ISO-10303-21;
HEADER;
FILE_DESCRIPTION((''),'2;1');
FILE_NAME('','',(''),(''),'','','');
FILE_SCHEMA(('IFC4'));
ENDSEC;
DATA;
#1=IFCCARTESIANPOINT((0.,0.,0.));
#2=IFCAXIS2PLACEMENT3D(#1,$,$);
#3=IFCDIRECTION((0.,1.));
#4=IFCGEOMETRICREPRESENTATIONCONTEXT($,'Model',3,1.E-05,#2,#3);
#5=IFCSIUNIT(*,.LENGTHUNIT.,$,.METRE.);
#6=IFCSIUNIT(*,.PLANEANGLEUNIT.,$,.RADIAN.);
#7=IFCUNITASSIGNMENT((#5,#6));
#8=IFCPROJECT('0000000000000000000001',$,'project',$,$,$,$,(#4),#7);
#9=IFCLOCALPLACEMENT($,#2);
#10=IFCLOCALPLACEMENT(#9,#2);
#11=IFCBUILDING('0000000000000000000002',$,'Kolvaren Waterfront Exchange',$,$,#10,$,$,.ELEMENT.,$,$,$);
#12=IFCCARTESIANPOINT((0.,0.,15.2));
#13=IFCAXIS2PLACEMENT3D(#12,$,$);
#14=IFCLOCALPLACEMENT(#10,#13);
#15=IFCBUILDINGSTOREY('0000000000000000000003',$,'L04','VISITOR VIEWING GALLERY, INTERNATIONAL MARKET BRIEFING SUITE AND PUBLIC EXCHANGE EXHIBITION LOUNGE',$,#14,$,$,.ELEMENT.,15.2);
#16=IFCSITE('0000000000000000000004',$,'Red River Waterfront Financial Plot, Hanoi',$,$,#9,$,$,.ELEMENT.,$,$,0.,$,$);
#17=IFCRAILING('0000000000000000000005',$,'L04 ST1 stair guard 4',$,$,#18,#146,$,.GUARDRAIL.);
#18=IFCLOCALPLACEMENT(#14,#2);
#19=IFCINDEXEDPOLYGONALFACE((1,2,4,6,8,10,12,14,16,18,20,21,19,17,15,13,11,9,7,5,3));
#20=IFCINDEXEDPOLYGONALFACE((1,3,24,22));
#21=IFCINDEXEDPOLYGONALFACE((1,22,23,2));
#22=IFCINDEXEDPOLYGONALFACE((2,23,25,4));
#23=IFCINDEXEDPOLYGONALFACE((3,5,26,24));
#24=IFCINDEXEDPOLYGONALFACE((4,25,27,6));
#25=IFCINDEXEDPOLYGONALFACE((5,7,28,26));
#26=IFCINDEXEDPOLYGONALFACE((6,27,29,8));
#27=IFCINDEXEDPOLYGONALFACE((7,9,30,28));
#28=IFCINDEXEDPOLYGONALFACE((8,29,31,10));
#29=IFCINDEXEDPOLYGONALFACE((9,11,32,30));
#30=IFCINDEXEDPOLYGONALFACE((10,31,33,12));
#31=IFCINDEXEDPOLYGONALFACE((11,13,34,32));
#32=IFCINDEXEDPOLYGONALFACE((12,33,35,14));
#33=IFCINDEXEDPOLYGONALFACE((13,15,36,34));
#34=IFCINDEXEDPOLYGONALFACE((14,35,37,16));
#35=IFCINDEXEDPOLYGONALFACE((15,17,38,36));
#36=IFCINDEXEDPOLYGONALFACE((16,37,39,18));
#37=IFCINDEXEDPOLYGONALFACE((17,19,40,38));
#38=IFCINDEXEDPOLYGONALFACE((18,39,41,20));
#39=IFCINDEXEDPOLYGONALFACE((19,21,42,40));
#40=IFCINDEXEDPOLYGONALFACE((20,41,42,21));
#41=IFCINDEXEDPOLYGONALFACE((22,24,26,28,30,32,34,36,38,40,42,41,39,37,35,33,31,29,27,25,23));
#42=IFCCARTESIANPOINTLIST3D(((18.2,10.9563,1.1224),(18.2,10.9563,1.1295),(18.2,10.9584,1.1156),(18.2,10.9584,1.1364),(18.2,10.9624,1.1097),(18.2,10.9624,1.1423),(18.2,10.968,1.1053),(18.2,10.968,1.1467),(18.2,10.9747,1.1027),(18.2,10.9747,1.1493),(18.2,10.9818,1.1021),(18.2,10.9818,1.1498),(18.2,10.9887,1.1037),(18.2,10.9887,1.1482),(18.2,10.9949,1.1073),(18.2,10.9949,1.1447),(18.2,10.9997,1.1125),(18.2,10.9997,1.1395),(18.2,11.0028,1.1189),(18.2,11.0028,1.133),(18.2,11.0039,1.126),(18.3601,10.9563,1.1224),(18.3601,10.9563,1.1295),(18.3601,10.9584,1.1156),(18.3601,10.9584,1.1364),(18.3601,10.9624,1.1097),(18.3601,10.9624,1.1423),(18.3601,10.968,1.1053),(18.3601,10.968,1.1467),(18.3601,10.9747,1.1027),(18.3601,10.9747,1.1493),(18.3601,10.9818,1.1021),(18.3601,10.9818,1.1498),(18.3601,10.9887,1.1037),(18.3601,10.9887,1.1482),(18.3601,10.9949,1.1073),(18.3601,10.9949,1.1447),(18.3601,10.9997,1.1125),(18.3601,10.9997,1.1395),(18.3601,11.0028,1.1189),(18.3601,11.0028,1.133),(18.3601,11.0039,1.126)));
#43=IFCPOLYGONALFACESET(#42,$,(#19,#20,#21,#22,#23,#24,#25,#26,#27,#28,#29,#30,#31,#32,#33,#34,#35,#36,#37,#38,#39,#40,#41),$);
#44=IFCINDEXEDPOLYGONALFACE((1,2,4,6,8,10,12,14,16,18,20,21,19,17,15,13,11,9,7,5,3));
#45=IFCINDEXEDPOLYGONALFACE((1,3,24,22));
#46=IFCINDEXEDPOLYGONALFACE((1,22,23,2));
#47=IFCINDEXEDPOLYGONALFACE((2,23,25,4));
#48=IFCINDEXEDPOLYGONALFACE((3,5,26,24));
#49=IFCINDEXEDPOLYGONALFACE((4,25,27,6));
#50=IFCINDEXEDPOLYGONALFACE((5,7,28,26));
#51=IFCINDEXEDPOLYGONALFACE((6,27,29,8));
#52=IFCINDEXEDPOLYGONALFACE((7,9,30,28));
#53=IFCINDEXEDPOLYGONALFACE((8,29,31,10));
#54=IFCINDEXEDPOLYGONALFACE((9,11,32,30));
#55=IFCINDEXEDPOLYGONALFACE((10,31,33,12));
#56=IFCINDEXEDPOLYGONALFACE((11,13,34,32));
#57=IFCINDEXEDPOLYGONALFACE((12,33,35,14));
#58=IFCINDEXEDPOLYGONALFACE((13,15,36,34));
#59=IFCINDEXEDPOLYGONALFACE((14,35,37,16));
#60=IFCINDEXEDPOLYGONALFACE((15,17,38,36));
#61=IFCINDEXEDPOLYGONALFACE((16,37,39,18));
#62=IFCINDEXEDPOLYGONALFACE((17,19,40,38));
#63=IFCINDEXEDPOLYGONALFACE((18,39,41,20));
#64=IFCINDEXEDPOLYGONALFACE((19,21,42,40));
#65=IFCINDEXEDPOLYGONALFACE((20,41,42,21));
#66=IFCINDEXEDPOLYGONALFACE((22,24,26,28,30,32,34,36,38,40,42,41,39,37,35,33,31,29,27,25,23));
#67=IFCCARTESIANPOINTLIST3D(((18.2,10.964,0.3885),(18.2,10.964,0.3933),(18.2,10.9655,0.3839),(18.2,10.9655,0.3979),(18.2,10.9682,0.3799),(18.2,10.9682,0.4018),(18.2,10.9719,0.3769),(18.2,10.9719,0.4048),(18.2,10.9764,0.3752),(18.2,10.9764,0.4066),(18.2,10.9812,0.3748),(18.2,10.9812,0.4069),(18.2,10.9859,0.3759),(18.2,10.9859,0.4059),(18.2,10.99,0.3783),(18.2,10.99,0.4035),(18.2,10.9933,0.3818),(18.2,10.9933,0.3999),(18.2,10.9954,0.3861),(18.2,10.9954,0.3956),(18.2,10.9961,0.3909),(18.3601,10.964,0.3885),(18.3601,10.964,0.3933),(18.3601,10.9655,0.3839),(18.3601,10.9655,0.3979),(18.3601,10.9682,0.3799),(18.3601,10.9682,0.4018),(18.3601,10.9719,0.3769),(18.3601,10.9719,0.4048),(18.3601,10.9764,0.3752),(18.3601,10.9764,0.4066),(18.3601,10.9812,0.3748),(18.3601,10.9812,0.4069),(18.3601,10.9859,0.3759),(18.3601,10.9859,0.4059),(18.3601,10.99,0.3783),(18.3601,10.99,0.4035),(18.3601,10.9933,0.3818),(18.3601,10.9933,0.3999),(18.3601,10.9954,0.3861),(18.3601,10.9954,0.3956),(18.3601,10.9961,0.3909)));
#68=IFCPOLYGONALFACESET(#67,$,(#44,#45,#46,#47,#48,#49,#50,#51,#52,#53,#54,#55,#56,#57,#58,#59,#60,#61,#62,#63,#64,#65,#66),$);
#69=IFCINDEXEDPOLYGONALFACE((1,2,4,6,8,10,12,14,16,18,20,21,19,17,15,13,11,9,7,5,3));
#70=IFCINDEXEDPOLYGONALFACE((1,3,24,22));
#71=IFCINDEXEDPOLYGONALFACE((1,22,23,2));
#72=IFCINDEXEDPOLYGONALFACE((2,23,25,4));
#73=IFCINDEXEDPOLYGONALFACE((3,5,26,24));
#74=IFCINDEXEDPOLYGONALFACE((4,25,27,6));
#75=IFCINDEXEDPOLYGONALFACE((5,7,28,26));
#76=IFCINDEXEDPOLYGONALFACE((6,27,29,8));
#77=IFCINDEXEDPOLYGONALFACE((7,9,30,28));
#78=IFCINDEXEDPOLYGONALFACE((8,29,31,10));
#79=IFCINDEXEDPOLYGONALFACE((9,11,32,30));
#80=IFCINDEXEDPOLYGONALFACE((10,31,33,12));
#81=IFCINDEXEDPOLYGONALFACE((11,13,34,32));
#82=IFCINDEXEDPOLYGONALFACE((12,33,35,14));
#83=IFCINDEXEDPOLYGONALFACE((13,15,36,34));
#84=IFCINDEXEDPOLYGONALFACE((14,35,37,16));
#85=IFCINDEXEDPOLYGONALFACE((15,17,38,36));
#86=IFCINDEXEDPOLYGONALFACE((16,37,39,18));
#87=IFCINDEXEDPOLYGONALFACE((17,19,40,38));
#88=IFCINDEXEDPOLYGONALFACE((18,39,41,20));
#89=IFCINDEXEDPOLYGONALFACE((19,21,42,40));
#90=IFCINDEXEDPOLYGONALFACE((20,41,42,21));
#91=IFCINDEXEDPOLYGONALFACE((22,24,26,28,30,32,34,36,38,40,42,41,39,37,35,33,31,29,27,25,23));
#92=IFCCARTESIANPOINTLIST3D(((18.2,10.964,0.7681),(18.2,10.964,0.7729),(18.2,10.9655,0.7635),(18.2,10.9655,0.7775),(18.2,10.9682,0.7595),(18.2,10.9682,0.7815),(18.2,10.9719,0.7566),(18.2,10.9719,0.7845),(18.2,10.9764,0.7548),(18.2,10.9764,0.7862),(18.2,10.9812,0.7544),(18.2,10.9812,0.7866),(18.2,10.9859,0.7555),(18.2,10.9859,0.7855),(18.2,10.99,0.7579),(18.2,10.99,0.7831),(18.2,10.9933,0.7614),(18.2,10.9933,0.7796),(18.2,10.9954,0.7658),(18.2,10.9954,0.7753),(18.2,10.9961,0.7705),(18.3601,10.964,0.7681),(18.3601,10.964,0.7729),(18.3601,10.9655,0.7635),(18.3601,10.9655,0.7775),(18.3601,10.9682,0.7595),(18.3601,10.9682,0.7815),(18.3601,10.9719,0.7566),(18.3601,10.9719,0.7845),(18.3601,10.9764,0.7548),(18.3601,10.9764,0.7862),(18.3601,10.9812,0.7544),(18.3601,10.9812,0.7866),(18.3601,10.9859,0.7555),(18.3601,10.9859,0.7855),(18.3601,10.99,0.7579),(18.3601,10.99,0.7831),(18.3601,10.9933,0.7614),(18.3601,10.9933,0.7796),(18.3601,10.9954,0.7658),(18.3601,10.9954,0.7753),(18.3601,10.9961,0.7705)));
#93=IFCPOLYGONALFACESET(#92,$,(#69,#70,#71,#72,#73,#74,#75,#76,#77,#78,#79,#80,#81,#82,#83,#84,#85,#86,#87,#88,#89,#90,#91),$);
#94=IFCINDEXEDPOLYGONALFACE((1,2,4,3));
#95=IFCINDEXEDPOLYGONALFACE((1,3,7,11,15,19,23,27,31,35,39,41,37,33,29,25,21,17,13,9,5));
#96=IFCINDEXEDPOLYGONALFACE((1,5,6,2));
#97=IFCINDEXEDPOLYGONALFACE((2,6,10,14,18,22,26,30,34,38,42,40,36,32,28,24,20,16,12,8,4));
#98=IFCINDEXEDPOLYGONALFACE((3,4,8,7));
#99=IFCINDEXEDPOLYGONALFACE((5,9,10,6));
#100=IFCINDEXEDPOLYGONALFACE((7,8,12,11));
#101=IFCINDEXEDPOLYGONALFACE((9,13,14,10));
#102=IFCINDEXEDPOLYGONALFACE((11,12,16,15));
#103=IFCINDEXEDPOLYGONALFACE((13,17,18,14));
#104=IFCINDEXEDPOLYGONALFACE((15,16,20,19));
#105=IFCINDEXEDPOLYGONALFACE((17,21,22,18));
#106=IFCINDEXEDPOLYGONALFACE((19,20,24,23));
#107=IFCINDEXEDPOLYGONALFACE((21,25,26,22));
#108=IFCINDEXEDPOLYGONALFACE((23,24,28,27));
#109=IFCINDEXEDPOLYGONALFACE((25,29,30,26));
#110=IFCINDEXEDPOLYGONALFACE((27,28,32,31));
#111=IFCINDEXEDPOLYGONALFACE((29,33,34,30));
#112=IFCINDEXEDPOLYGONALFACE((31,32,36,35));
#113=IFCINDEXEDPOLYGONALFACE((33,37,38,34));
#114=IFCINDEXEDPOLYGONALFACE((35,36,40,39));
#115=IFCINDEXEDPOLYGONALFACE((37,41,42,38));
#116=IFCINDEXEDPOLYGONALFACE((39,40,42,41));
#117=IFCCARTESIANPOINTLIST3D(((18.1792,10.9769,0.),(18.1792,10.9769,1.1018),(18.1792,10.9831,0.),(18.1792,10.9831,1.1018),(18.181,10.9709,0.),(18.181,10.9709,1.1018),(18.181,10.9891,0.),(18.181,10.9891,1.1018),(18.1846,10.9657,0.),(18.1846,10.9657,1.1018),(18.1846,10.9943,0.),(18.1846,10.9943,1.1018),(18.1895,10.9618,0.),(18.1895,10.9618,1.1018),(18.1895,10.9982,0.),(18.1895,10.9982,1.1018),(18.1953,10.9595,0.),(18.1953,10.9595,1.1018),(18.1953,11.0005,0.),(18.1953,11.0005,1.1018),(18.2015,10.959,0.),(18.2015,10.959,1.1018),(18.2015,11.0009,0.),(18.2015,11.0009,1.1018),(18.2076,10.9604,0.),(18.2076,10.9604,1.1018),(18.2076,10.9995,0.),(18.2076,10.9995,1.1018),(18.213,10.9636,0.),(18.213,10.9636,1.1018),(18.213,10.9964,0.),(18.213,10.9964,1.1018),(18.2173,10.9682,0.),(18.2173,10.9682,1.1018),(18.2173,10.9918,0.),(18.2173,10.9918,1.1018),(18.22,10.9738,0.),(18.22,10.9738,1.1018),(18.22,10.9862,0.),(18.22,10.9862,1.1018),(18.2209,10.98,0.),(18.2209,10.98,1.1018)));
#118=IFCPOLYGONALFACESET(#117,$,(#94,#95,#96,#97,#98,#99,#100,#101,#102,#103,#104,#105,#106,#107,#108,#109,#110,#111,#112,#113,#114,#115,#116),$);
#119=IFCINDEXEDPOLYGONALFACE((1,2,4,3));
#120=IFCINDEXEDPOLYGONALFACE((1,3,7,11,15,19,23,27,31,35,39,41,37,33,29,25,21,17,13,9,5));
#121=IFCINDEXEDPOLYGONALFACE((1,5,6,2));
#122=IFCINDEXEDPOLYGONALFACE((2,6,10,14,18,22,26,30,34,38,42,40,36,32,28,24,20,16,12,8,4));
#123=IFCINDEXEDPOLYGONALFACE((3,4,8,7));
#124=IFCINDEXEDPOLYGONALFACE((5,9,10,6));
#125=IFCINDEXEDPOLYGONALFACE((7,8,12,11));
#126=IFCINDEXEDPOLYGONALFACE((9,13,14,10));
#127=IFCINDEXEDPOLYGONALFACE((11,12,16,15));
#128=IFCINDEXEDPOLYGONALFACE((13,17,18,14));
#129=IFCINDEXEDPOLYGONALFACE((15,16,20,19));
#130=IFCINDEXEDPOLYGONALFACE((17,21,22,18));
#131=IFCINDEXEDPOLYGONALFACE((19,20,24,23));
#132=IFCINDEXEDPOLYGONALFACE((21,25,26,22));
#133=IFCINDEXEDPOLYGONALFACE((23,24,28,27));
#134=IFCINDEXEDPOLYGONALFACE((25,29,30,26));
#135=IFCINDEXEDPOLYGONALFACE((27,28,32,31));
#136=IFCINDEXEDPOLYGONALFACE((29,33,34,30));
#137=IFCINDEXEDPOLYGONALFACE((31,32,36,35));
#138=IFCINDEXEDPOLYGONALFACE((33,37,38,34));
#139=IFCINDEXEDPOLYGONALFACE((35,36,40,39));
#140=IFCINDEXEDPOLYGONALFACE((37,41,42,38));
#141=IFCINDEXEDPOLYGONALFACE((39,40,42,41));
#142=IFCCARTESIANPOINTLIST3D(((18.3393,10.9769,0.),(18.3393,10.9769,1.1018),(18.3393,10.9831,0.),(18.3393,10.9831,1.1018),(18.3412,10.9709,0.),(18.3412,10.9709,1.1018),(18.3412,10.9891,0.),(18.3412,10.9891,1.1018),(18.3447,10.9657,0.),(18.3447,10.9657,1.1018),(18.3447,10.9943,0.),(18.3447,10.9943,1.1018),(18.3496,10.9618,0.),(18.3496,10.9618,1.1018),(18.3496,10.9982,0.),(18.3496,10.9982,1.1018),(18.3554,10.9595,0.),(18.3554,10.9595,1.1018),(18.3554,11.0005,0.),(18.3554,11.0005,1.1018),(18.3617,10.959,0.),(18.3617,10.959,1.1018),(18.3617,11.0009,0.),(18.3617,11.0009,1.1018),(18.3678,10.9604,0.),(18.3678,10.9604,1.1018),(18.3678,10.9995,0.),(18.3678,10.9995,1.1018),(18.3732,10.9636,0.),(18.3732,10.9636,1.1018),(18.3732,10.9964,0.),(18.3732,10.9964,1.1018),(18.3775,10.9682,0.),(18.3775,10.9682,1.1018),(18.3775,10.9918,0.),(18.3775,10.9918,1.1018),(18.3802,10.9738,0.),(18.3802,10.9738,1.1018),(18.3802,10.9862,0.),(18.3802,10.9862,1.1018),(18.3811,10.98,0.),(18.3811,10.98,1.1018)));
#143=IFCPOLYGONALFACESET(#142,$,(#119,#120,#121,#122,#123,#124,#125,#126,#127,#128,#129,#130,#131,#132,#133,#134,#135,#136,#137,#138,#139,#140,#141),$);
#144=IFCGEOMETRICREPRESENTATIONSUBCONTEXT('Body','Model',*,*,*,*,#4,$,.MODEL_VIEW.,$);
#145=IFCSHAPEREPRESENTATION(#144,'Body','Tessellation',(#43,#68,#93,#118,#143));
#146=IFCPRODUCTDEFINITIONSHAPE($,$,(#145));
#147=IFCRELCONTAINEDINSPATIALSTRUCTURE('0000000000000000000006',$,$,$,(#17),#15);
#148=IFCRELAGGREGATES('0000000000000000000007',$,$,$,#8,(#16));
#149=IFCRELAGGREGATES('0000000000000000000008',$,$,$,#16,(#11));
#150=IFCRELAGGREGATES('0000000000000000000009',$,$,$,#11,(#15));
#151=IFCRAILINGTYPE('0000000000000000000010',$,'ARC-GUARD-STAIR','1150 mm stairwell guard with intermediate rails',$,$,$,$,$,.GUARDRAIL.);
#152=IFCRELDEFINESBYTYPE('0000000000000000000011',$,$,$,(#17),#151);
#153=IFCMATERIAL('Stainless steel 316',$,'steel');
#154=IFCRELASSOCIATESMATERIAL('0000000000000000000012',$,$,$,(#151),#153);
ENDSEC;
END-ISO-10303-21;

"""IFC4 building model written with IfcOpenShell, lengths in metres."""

from ifc_helpers import new_model, si_unit, direction, frame, origin, origin_2d, place, context, subcontext, project, spatial, circle, extrude, material, type_object, element, save


model = new_model("IFC4")

# Units and contexts
model_context = context("Model", 3, precision=1e-05, world=origin(), true_north=direction((0.0, 1.0)))
body_context = subcontext(model_context, "Body", "Model", "MODEL_VIEW")
ifc_project = project(units=[si_unit("LENGTHUNIT", "METRE"), si_unit("PLANEANGLEUNIT", "RADIAN")], contexts=[model_context])

# Site, building, storey
site_placement = place(None, origin())
site = spatial("IfcSite", under=ifc_project, at=site_placement, Name="Red River Waterfront Financial Plot, Hanoi", CompositionType="ELEMENT", RefElevation=0.0)
building_placement = place(site_placement, origin())
building = spatial("IfcBuilding", under=site, at=building_placement, Name="Kolvaren Waterfront Exchange", CompositionType="ELEMENT")
storey_placement = place(building_placement, frame((0.0, 0.0, 15.2)))
storey = spatial("IfcBuildingStorey", under=building, at=storey_placement, Name="L04", Description="VISITOR VIEWING GALLERY, INTERNATIONAL MARKET BRIEFING SUITE AND PUBLIC EXCHANGE EXHIBITION LOUNGE", CompositionType="ELEMENT", Elevation=15.2)

# Railing
ifc_material_1 = material(Name="Stainless steel 316", Category="steel")
railing_type_1 = type_object("IfcRailingType", Name="ARC-GUARD-STAIR", Description="1150 mm stairwell guard with intermediate rails", PredefinedType="GUARDRAIL", material=ifc_material_1)
railing_1_placement = place(storey_placement, frame((18.2, 10.98, 0.0)))
element("IfcRailing", 1, at=railing_1_placement, inside=storey, type_object=railing_type_1, Name="L04 ST1 stair guard 4", PredefinedType="GUARDRAIL", context=body_context, shape_type="SweptSolid", body=[
    extrude(circle(Radius=0.0239, at=origin_2d()), frame((0.0, 0.0, 1.126), z_axis=(1.0, 0.0, 0.0), x_axis=(0.0, 1.0, 0.0)), (0.0, 0.0, 1.0), 0.1602),
    extrude(circle(Radius=0.0161, at=origin_2d()), frame((0.0, 0.0, 0.3909), z_axis=(1.0, 0.0, 0.0), x_axis=(0.0, 1.0, 0.0)), (0.0, 0.0, 1.0), 0.1602),
    extrude(circle(Radius=0.0161, at=origin_2d()), frame((0.0, 0.0, 0.7705), z_axis=(1.0, 0.0, 0.0), x_axis=(0.0, 1.0, 0.0)), (0.0, 0.0, 1.0), 0.1602),
    extrude(circle(Radius=0.021, at=origin_2d()), origin(), (0.0, 0.0, 1.0), 1.1018),
    extrude(circle(Radius=0.021, at=origin_2d()), frame((0.1602, 0.0, 0.0)), (0.0, 0.0, 1.0), 1.1018),
])

save(model, "model.ifc")
